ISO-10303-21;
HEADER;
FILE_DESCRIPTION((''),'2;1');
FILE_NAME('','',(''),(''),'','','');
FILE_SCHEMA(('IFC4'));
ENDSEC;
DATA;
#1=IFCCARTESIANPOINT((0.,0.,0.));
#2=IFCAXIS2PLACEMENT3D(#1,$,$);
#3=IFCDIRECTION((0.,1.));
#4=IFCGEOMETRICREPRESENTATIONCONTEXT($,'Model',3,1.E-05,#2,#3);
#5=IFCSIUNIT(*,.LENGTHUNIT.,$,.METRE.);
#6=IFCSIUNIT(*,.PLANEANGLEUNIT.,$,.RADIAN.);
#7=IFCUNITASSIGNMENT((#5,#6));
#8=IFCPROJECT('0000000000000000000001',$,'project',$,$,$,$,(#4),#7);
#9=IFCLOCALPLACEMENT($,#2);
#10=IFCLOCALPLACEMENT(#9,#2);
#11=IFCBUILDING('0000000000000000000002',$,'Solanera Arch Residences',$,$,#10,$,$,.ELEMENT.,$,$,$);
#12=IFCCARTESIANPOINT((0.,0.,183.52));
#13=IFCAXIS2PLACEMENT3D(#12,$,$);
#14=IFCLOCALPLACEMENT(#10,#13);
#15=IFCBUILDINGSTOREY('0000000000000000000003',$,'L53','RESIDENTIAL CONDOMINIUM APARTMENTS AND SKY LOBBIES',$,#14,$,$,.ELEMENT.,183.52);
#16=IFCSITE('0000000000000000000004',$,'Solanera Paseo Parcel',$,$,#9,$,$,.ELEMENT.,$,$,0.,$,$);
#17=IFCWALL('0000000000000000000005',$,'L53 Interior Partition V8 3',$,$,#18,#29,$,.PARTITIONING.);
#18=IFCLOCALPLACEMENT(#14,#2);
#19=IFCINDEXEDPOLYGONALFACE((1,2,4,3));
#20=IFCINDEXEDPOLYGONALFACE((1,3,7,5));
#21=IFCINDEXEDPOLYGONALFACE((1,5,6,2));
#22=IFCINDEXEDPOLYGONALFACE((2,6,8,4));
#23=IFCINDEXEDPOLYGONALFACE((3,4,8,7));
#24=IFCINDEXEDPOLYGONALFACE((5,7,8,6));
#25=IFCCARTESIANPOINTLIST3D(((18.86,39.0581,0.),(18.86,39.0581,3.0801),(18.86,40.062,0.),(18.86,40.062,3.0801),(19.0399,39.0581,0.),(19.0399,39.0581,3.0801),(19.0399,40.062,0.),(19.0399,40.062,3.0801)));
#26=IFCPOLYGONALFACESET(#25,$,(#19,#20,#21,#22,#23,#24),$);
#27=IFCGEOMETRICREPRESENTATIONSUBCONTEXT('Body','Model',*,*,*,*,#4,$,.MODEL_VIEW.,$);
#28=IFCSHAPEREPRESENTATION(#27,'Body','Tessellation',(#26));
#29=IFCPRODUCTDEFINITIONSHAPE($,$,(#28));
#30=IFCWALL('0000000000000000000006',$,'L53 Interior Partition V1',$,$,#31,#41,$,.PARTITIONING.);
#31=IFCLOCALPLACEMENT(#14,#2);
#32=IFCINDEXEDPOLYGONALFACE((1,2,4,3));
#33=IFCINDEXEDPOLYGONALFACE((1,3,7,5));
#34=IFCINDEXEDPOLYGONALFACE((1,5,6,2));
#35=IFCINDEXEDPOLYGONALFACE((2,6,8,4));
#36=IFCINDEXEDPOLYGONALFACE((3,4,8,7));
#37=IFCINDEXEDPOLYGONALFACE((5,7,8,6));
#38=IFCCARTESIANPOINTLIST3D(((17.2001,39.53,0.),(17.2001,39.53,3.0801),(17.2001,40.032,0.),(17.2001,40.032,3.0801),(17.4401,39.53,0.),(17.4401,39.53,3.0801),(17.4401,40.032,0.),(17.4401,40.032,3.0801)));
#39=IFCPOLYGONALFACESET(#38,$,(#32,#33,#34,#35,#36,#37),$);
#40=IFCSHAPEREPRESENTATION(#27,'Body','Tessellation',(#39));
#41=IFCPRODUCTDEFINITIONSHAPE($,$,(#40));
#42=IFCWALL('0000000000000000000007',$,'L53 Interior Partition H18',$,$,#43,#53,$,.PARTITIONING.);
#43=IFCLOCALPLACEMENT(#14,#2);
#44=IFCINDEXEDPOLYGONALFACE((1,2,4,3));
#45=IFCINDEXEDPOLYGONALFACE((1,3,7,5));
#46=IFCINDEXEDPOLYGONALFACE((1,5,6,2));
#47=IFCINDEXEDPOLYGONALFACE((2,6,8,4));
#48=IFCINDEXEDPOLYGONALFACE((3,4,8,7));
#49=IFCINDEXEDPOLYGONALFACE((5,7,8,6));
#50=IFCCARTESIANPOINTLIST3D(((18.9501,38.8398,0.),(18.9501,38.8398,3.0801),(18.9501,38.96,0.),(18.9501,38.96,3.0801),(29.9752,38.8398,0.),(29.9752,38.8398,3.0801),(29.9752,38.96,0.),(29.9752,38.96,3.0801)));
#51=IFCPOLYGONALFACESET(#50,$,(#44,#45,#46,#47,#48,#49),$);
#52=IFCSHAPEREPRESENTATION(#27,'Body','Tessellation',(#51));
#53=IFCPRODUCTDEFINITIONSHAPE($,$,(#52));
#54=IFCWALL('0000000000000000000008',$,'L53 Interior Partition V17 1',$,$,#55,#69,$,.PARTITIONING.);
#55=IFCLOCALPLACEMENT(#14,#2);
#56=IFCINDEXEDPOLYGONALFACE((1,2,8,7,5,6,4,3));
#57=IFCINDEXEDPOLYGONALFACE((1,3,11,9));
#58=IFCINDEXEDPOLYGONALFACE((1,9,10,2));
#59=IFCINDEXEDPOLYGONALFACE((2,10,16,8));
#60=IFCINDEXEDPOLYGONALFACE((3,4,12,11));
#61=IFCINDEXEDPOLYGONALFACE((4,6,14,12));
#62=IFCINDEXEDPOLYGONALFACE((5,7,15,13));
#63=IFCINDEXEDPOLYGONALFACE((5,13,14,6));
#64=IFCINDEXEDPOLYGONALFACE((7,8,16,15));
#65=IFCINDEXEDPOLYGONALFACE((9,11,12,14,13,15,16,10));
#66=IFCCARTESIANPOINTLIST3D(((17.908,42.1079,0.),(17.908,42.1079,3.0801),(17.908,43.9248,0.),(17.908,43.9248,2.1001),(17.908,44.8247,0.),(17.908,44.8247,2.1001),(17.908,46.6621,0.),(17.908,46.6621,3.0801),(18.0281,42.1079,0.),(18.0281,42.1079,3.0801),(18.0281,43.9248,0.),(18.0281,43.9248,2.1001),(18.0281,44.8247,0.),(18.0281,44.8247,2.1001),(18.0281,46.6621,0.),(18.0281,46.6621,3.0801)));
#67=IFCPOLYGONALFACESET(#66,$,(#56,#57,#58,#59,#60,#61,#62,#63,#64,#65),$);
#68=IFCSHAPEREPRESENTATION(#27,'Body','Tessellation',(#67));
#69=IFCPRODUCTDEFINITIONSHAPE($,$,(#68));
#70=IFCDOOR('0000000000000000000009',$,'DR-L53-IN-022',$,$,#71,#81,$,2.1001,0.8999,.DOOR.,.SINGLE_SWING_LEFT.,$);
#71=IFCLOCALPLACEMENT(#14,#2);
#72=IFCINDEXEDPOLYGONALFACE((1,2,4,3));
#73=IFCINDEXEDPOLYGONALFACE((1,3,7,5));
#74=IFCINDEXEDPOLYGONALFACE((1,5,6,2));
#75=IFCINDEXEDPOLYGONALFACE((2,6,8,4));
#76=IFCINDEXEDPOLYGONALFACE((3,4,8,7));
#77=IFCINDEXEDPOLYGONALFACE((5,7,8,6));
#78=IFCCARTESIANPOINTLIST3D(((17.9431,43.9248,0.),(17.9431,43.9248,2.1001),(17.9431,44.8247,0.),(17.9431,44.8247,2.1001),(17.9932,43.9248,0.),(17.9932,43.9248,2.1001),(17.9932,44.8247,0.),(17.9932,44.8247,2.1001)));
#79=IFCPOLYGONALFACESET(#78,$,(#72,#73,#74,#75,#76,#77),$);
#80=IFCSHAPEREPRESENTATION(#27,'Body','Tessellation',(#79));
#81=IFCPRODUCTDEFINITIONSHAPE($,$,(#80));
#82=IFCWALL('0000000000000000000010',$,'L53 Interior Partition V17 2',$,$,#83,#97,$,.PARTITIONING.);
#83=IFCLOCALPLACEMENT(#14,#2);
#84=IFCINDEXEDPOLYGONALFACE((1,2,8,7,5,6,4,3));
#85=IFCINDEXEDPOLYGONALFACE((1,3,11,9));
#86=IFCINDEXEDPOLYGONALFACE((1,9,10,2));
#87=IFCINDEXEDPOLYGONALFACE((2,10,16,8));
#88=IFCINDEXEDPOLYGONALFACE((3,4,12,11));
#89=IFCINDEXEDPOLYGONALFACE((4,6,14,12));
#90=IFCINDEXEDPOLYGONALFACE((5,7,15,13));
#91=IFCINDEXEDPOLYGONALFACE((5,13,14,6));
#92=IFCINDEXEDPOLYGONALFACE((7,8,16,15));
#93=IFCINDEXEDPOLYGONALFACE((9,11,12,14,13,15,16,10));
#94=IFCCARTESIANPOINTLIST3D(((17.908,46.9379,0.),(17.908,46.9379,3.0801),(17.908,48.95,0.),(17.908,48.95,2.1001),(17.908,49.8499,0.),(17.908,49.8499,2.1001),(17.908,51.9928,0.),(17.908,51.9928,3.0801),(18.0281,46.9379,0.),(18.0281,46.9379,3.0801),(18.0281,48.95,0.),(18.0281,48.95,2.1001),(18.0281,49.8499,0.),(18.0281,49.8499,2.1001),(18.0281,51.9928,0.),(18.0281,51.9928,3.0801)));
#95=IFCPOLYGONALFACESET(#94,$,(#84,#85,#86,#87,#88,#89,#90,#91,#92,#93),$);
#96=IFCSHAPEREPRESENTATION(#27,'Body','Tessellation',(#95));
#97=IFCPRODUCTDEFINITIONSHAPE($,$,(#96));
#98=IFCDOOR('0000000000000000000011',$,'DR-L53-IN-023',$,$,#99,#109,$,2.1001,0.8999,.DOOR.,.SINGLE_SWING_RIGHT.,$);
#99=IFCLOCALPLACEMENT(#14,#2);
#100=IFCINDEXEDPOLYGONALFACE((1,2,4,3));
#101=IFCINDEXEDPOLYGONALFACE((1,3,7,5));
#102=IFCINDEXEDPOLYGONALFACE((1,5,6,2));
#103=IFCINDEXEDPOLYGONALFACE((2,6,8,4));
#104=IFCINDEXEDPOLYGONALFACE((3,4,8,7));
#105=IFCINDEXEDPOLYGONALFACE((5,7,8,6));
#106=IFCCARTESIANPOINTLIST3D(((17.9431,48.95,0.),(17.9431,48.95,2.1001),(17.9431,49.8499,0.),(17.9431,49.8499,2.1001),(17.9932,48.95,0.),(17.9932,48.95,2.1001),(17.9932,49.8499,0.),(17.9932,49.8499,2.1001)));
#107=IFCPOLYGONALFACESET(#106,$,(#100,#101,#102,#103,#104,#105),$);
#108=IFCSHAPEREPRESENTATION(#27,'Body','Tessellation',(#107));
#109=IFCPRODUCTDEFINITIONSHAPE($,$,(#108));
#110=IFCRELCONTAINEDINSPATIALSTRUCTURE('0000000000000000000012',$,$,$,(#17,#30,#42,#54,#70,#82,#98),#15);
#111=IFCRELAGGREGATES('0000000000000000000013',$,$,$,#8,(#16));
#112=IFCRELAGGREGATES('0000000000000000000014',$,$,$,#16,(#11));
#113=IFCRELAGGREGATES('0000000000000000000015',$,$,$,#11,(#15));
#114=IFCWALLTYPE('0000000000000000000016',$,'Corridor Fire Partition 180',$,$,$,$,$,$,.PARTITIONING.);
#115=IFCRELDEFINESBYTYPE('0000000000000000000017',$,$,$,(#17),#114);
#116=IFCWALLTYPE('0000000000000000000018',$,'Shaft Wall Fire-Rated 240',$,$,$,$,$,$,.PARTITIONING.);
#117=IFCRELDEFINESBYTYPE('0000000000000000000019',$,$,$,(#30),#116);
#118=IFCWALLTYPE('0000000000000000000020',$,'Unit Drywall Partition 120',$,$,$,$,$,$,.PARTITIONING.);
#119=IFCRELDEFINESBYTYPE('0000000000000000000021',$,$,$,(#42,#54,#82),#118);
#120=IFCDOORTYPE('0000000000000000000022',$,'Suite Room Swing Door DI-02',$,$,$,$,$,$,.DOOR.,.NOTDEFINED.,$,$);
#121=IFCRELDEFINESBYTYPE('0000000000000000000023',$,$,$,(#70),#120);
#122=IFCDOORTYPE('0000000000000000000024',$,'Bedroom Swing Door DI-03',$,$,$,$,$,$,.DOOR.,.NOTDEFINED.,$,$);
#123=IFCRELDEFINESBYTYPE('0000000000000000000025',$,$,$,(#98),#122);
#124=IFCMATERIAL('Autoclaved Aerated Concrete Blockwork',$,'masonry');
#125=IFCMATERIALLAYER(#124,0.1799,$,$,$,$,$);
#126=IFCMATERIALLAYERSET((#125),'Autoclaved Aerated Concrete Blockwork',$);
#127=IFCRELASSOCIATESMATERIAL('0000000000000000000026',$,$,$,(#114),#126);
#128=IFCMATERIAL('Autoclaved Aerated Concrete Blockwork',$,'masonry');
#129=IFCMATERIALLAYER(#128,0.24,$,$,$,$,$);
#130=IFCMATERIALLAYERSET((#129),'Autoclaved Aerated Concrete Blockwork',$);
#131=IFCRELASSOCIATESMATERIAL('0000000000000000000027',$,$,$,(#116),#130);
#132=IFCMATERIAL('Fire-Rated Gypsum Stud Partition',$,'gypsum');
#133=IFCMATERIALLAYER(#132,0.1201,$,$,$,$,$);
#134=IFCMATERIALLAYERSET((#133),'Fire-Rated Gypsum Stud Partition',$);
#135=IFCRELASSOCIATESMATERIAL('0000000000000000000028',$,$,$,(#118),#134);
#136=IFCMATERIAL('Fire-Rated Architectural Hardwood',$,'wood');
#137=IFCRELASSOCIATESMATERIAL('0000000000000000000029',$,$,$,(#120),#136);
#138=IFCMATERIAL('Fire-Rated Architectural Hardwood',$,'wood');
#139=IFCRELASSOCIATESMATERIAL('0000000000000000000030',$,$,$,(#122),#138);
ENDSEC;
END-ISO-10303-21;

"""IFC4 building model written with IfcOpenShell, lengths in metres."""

from ifc_helpers import new_model, si_unit, direction, frame, frame_2d, origin, place, context, subcontext, project, spatial, rectangle, extrude, material, layer, layer_set, type_object, element, fill, save


model = new_model("IFC4")

# Units and contexts
model_context = context("Model", 3, precision=1e-05, world=origin(), true_north=direction((0.0, 1.0)))
body_context = subcontext(model_context, "Body", "Model", "MODEL_VIEW")
ifc_project = project(units=[si_unit("LENGTHUNIT", "METRE"), si_unit("PLANEANGLEUNIT", "RADIAN")], contexts=[model_context])

# Site, building, storey
site_placement = place(None, origin())
site = spatial("IfcSite", under=ifc_project, at=site_placement, Name="Solanera Paseo Parcel", CompositionType="ELEMENT", RefElevation=0.0)
building_placement = place(site_placement, origin())
building = spatial("IfcBuilding", under=site, at=building_placement, Name="Solanera Arch Residences", CompositionType="ELEMENT")
storey_placement = place(building_placement, frame((0.0, 0.0, 183.52)))
storey = spatial("IfcBuildingStorey", under=building, at=storey_placement, Name="L53", Description="RESIDENTIAL CONDOMINIUM APARTMENTS AND SKY LOBBIES", CompositionType="ELEMENT", Elevation=183.52)

# Walls
ifc_material_1 = material(Name="Autoclaved Aerated Concrete Blockwork", Category="masonry")
ifc_layer_1 = layer(ifc_material_1, 0.1799)
ifc_layer_set_1 = layer_set([ifc_layer_1], Name="Autoclaved Aerated Concrete Blockwork")
wall_type_1 = type_object("IfcWallType", Name="Corridor Fire Partition 180", PredefinedType="PARTITIONING", material=ifc_layer_set_1)
wall_1_placement = place(storey_placement, frame((18.95, 39.0581, 0.0), z_axis=(0.0, 0.0, 1.0), x_axis=(0.0, 1.0, 0.0)))
element("IfcWall", 1, at=wall_1_placement, inside=storey, type_object=wall_type_1, Name="L53 Interior Partition V8 3", PredefinedType="PARTITIONING", context=body_context, shape_type="SweptSolid", body=[
    extrude(rectangle(XDim=1.0039, YDim=0.1799, at=frame_2d((0.502, 0.0))), origin(), (0.0, 0.0, 1.0), 3.0801),
])
ifc_material_2 = material(Name="Autoclaved Aerated Concrete Blockwork", Category="masonry")
ifc_layer_2 = layer(ifc_material_2, 0.24)
ifc_layer_set_2 = layer_set([ifc_layer_2], Name="Autoclaved Aerated Concrete Blockwork")
wall_type_2 = type_object("IfcWallType", Name="Shaft Wall Fire-Rated 240", PredefinedType="PARTITIONING", material=ifc_layer_set_2)
wall_2_placement = place(storey_placement, frame((17.3201, 39.53, 0.0), z_axis=(0.0, 0.0, 1.0), x_axis=(0.0, 1.0, 0.0)))
element("IfcWall", 2, at=wall_2_placement, inside=storey, type_object=wall_type_2, Name="L53 Interior Partition V1", PredefinedType="PARTITIONING", context=body_context, shape_type="SweptSolid", body=[
    extrude(rectangle(XDim=0.502, YDim=0.24, at=frame_2d((0.251, 0.0))), origin(), (0.0, 0.0, 1.0), 3.0801),
])
ifc_material_3 = material(Name="Fire-Rated Gypsum Stud Partition", Category="gypsum")
ifc_layer_3 = layer(ifc_material_3, 0.1201)
ifc_layer_set_3 = layer_set([ifc_layer_3], Name="Fire-Rated Gypsum Stud Partition")
wall_type_3 = type_object("IfcWallType", Name="Unit Drywall Partition 120", PredefinedType="PARTITIONING", material=ifc_layer_set_3)
wall_3_placement = place(storey_placement, frame((18.95, 38.8999, 0.0), z_axis=(0.0, 0.0, 1.0), x_axis=(1.0, 0.0, 0.0)))
element("IfcWall", 3, at=wall_3_placement, inside=storey, type_object=wall_type_3, Name="L53 Interior Partition H18", PredefinedType="PARTITIONING", context=body_context, shape_type="SweptSolid", body=[
    extrude(rectangle(XDim=11.0251, YDim=0.1201, at=frame_2d((5.5127, 0.0))), origin(), (0.0, 0.0, 1.0), 3.0801),
])

# Walls, openings, doors
wall_4_placement = place(storey_placement, frame((17.968, 42.1079, 0.0), z_axis=(0.0, 0.0, 1.0), x_axis=(0.0, 1.0, 0.0)))
wall_4 = element("IfcWall", 4, at=wall_4_placement, inside=storey, type_object=wall_type_3, Name="L53 Interior Partition V17 1", PredefinedType="PARTITIONING", context=body_context, shape_type="SweptSolid", body=[
    extrude(rectangle(XDim=4.5542, YDim=0.1201, at=frame_2d((2.2771, 0.0))), origin(), (0.0, 0.0, 1.0), 3.0801),
])
opening_1_placement = place(wall_4_placement, frame((1.8169, 0.0, 0.0)))
opening_1 = element("IfcOpeningElement", 5, at=opening_1_placement, cuts=wall_4, PredefinedType="OPENING", context=body_context, shape_type="SweptSolid", body=[
    extrude(rectangle(XDim=0.8999, YDim=2.1001, at=frame_2d((0.45, 1.05))), frame((0.0, 0.0701, 0.0), z_axis=(0.0, -1.0, 0.0), x_axis=(1.0, 0.0, 0.0)), (0.0, 0.0, 1.0), 0.1401),
])
ifc_material_4 = material(Name="Fire-Rated Architectural Hardwood", Category="wood")
door_type_1 = type_object("IfcDoorType", Name="Suite Room Swing Door DI-02", OperationType="NOTDEFINED", PredefinedType="DOOR", material=ifc_material_4)
door_1_placement = place(opening_1_placement, origin())
door_1 = element("IfcDoor", 6, at=door_1_placement, inside=storey, type_object=door_type_1, Name="DR-L53-IN-022", OperationType="SINGLE_SWING_LEFT", OverallHeight=2.1001, OverallWidth=0.8999, PredefinedType="DOOR", context=body_context, shape_type="SweptSolid", body=[
    extrude(rectangle(XDim=0.8999, YDim=2.1001, at=frame_2d((0.45, 1.05))), frame((0.0, 0.0249, 0.0), z_axis=(0.0, -1.0, 0.0), x_axis=(1.0, 0.0, 0.0)), (0.0, 0.0, 1.0), 0.05),
])
fill(opening_1, door_1)
wall_5_placement = place(storey_placement, frame((17.968, 46.938, 0.0), z_axis=(0.0, 0.0, 1.0), x_axis=(0.0, 1.0, 0.0)))
wall_5 = element("IfcWall", 7, at=wall_5_placement, inside=storey, type_object=wall_type_3, Name="L53 Interior Partition V17 2", PredefinedType="PARTITIONING", context=body_context, shape_type="SweptSolid", body=[
    extrude(rectangle(XDim=5.0549, YDim=0.1201, at=frame_2d((2.5273, 0.0))), origin(), (0.0, 0.0, 1.0), 3.0801),
])
opening_2_placement = place(wall_5_placement, frame((2.012, 0.0, 0.0)))
opening_2 = element("IfcOpeningElement", 8, at=opening_2_placement, cuts=wall_5, PredefinedType="OPENING", context=body_context, shape_type="SweptSolid", body=[
    extrude(rectangle(XDim=0.8999, YDim=2.1001, at=frame_2d((0.45, 1.05))), frame((0.0, 0.0701, 0.0), z_axis=(0.0, -1.0, 0.0), x_axis=(1.0, 0.0, 0.0)), (0.0, 0.0, 1.0), 0.1401),
])
ifc_material_5 = material(Name="Fire-Rated Architectural Hardwood", Category="wood")
door_type_2 = type_object("IfcDoorType", Name="Bedroom Swing Door DI-03", OperationType="NOTDEFINED", PredefinedType="DOOR", material=ifc_material_5)
door_2_placement = place(opening_2_placement, origin())
door_2 = element("IfcDoor", 9, at=door_2_placement, inside=storey, type_object=door_type_2, Name="DR-L53-IN-023", OperationType="SINGLE_SWING_RIGHT", OverallHeight=2.1001, OverallWidth=0.8999, PredefinedType="DOOR", context=body_context, shape_type="SweptSolid", body=[
    extrude(rectangle(XDim=0.8999, YDim=2.1001, at=frame_2d((0.45, 1.05))), frame((0.0, 0.0249, 0.0), z_axis=(0.0, -1.0, 0.0), x_axis=(1.0, 0.0, 0.0)), (0.0, 0.0, 1.0), 0.05),
])
fill(opening_2, door_2)

save(model, "model.ifc")
